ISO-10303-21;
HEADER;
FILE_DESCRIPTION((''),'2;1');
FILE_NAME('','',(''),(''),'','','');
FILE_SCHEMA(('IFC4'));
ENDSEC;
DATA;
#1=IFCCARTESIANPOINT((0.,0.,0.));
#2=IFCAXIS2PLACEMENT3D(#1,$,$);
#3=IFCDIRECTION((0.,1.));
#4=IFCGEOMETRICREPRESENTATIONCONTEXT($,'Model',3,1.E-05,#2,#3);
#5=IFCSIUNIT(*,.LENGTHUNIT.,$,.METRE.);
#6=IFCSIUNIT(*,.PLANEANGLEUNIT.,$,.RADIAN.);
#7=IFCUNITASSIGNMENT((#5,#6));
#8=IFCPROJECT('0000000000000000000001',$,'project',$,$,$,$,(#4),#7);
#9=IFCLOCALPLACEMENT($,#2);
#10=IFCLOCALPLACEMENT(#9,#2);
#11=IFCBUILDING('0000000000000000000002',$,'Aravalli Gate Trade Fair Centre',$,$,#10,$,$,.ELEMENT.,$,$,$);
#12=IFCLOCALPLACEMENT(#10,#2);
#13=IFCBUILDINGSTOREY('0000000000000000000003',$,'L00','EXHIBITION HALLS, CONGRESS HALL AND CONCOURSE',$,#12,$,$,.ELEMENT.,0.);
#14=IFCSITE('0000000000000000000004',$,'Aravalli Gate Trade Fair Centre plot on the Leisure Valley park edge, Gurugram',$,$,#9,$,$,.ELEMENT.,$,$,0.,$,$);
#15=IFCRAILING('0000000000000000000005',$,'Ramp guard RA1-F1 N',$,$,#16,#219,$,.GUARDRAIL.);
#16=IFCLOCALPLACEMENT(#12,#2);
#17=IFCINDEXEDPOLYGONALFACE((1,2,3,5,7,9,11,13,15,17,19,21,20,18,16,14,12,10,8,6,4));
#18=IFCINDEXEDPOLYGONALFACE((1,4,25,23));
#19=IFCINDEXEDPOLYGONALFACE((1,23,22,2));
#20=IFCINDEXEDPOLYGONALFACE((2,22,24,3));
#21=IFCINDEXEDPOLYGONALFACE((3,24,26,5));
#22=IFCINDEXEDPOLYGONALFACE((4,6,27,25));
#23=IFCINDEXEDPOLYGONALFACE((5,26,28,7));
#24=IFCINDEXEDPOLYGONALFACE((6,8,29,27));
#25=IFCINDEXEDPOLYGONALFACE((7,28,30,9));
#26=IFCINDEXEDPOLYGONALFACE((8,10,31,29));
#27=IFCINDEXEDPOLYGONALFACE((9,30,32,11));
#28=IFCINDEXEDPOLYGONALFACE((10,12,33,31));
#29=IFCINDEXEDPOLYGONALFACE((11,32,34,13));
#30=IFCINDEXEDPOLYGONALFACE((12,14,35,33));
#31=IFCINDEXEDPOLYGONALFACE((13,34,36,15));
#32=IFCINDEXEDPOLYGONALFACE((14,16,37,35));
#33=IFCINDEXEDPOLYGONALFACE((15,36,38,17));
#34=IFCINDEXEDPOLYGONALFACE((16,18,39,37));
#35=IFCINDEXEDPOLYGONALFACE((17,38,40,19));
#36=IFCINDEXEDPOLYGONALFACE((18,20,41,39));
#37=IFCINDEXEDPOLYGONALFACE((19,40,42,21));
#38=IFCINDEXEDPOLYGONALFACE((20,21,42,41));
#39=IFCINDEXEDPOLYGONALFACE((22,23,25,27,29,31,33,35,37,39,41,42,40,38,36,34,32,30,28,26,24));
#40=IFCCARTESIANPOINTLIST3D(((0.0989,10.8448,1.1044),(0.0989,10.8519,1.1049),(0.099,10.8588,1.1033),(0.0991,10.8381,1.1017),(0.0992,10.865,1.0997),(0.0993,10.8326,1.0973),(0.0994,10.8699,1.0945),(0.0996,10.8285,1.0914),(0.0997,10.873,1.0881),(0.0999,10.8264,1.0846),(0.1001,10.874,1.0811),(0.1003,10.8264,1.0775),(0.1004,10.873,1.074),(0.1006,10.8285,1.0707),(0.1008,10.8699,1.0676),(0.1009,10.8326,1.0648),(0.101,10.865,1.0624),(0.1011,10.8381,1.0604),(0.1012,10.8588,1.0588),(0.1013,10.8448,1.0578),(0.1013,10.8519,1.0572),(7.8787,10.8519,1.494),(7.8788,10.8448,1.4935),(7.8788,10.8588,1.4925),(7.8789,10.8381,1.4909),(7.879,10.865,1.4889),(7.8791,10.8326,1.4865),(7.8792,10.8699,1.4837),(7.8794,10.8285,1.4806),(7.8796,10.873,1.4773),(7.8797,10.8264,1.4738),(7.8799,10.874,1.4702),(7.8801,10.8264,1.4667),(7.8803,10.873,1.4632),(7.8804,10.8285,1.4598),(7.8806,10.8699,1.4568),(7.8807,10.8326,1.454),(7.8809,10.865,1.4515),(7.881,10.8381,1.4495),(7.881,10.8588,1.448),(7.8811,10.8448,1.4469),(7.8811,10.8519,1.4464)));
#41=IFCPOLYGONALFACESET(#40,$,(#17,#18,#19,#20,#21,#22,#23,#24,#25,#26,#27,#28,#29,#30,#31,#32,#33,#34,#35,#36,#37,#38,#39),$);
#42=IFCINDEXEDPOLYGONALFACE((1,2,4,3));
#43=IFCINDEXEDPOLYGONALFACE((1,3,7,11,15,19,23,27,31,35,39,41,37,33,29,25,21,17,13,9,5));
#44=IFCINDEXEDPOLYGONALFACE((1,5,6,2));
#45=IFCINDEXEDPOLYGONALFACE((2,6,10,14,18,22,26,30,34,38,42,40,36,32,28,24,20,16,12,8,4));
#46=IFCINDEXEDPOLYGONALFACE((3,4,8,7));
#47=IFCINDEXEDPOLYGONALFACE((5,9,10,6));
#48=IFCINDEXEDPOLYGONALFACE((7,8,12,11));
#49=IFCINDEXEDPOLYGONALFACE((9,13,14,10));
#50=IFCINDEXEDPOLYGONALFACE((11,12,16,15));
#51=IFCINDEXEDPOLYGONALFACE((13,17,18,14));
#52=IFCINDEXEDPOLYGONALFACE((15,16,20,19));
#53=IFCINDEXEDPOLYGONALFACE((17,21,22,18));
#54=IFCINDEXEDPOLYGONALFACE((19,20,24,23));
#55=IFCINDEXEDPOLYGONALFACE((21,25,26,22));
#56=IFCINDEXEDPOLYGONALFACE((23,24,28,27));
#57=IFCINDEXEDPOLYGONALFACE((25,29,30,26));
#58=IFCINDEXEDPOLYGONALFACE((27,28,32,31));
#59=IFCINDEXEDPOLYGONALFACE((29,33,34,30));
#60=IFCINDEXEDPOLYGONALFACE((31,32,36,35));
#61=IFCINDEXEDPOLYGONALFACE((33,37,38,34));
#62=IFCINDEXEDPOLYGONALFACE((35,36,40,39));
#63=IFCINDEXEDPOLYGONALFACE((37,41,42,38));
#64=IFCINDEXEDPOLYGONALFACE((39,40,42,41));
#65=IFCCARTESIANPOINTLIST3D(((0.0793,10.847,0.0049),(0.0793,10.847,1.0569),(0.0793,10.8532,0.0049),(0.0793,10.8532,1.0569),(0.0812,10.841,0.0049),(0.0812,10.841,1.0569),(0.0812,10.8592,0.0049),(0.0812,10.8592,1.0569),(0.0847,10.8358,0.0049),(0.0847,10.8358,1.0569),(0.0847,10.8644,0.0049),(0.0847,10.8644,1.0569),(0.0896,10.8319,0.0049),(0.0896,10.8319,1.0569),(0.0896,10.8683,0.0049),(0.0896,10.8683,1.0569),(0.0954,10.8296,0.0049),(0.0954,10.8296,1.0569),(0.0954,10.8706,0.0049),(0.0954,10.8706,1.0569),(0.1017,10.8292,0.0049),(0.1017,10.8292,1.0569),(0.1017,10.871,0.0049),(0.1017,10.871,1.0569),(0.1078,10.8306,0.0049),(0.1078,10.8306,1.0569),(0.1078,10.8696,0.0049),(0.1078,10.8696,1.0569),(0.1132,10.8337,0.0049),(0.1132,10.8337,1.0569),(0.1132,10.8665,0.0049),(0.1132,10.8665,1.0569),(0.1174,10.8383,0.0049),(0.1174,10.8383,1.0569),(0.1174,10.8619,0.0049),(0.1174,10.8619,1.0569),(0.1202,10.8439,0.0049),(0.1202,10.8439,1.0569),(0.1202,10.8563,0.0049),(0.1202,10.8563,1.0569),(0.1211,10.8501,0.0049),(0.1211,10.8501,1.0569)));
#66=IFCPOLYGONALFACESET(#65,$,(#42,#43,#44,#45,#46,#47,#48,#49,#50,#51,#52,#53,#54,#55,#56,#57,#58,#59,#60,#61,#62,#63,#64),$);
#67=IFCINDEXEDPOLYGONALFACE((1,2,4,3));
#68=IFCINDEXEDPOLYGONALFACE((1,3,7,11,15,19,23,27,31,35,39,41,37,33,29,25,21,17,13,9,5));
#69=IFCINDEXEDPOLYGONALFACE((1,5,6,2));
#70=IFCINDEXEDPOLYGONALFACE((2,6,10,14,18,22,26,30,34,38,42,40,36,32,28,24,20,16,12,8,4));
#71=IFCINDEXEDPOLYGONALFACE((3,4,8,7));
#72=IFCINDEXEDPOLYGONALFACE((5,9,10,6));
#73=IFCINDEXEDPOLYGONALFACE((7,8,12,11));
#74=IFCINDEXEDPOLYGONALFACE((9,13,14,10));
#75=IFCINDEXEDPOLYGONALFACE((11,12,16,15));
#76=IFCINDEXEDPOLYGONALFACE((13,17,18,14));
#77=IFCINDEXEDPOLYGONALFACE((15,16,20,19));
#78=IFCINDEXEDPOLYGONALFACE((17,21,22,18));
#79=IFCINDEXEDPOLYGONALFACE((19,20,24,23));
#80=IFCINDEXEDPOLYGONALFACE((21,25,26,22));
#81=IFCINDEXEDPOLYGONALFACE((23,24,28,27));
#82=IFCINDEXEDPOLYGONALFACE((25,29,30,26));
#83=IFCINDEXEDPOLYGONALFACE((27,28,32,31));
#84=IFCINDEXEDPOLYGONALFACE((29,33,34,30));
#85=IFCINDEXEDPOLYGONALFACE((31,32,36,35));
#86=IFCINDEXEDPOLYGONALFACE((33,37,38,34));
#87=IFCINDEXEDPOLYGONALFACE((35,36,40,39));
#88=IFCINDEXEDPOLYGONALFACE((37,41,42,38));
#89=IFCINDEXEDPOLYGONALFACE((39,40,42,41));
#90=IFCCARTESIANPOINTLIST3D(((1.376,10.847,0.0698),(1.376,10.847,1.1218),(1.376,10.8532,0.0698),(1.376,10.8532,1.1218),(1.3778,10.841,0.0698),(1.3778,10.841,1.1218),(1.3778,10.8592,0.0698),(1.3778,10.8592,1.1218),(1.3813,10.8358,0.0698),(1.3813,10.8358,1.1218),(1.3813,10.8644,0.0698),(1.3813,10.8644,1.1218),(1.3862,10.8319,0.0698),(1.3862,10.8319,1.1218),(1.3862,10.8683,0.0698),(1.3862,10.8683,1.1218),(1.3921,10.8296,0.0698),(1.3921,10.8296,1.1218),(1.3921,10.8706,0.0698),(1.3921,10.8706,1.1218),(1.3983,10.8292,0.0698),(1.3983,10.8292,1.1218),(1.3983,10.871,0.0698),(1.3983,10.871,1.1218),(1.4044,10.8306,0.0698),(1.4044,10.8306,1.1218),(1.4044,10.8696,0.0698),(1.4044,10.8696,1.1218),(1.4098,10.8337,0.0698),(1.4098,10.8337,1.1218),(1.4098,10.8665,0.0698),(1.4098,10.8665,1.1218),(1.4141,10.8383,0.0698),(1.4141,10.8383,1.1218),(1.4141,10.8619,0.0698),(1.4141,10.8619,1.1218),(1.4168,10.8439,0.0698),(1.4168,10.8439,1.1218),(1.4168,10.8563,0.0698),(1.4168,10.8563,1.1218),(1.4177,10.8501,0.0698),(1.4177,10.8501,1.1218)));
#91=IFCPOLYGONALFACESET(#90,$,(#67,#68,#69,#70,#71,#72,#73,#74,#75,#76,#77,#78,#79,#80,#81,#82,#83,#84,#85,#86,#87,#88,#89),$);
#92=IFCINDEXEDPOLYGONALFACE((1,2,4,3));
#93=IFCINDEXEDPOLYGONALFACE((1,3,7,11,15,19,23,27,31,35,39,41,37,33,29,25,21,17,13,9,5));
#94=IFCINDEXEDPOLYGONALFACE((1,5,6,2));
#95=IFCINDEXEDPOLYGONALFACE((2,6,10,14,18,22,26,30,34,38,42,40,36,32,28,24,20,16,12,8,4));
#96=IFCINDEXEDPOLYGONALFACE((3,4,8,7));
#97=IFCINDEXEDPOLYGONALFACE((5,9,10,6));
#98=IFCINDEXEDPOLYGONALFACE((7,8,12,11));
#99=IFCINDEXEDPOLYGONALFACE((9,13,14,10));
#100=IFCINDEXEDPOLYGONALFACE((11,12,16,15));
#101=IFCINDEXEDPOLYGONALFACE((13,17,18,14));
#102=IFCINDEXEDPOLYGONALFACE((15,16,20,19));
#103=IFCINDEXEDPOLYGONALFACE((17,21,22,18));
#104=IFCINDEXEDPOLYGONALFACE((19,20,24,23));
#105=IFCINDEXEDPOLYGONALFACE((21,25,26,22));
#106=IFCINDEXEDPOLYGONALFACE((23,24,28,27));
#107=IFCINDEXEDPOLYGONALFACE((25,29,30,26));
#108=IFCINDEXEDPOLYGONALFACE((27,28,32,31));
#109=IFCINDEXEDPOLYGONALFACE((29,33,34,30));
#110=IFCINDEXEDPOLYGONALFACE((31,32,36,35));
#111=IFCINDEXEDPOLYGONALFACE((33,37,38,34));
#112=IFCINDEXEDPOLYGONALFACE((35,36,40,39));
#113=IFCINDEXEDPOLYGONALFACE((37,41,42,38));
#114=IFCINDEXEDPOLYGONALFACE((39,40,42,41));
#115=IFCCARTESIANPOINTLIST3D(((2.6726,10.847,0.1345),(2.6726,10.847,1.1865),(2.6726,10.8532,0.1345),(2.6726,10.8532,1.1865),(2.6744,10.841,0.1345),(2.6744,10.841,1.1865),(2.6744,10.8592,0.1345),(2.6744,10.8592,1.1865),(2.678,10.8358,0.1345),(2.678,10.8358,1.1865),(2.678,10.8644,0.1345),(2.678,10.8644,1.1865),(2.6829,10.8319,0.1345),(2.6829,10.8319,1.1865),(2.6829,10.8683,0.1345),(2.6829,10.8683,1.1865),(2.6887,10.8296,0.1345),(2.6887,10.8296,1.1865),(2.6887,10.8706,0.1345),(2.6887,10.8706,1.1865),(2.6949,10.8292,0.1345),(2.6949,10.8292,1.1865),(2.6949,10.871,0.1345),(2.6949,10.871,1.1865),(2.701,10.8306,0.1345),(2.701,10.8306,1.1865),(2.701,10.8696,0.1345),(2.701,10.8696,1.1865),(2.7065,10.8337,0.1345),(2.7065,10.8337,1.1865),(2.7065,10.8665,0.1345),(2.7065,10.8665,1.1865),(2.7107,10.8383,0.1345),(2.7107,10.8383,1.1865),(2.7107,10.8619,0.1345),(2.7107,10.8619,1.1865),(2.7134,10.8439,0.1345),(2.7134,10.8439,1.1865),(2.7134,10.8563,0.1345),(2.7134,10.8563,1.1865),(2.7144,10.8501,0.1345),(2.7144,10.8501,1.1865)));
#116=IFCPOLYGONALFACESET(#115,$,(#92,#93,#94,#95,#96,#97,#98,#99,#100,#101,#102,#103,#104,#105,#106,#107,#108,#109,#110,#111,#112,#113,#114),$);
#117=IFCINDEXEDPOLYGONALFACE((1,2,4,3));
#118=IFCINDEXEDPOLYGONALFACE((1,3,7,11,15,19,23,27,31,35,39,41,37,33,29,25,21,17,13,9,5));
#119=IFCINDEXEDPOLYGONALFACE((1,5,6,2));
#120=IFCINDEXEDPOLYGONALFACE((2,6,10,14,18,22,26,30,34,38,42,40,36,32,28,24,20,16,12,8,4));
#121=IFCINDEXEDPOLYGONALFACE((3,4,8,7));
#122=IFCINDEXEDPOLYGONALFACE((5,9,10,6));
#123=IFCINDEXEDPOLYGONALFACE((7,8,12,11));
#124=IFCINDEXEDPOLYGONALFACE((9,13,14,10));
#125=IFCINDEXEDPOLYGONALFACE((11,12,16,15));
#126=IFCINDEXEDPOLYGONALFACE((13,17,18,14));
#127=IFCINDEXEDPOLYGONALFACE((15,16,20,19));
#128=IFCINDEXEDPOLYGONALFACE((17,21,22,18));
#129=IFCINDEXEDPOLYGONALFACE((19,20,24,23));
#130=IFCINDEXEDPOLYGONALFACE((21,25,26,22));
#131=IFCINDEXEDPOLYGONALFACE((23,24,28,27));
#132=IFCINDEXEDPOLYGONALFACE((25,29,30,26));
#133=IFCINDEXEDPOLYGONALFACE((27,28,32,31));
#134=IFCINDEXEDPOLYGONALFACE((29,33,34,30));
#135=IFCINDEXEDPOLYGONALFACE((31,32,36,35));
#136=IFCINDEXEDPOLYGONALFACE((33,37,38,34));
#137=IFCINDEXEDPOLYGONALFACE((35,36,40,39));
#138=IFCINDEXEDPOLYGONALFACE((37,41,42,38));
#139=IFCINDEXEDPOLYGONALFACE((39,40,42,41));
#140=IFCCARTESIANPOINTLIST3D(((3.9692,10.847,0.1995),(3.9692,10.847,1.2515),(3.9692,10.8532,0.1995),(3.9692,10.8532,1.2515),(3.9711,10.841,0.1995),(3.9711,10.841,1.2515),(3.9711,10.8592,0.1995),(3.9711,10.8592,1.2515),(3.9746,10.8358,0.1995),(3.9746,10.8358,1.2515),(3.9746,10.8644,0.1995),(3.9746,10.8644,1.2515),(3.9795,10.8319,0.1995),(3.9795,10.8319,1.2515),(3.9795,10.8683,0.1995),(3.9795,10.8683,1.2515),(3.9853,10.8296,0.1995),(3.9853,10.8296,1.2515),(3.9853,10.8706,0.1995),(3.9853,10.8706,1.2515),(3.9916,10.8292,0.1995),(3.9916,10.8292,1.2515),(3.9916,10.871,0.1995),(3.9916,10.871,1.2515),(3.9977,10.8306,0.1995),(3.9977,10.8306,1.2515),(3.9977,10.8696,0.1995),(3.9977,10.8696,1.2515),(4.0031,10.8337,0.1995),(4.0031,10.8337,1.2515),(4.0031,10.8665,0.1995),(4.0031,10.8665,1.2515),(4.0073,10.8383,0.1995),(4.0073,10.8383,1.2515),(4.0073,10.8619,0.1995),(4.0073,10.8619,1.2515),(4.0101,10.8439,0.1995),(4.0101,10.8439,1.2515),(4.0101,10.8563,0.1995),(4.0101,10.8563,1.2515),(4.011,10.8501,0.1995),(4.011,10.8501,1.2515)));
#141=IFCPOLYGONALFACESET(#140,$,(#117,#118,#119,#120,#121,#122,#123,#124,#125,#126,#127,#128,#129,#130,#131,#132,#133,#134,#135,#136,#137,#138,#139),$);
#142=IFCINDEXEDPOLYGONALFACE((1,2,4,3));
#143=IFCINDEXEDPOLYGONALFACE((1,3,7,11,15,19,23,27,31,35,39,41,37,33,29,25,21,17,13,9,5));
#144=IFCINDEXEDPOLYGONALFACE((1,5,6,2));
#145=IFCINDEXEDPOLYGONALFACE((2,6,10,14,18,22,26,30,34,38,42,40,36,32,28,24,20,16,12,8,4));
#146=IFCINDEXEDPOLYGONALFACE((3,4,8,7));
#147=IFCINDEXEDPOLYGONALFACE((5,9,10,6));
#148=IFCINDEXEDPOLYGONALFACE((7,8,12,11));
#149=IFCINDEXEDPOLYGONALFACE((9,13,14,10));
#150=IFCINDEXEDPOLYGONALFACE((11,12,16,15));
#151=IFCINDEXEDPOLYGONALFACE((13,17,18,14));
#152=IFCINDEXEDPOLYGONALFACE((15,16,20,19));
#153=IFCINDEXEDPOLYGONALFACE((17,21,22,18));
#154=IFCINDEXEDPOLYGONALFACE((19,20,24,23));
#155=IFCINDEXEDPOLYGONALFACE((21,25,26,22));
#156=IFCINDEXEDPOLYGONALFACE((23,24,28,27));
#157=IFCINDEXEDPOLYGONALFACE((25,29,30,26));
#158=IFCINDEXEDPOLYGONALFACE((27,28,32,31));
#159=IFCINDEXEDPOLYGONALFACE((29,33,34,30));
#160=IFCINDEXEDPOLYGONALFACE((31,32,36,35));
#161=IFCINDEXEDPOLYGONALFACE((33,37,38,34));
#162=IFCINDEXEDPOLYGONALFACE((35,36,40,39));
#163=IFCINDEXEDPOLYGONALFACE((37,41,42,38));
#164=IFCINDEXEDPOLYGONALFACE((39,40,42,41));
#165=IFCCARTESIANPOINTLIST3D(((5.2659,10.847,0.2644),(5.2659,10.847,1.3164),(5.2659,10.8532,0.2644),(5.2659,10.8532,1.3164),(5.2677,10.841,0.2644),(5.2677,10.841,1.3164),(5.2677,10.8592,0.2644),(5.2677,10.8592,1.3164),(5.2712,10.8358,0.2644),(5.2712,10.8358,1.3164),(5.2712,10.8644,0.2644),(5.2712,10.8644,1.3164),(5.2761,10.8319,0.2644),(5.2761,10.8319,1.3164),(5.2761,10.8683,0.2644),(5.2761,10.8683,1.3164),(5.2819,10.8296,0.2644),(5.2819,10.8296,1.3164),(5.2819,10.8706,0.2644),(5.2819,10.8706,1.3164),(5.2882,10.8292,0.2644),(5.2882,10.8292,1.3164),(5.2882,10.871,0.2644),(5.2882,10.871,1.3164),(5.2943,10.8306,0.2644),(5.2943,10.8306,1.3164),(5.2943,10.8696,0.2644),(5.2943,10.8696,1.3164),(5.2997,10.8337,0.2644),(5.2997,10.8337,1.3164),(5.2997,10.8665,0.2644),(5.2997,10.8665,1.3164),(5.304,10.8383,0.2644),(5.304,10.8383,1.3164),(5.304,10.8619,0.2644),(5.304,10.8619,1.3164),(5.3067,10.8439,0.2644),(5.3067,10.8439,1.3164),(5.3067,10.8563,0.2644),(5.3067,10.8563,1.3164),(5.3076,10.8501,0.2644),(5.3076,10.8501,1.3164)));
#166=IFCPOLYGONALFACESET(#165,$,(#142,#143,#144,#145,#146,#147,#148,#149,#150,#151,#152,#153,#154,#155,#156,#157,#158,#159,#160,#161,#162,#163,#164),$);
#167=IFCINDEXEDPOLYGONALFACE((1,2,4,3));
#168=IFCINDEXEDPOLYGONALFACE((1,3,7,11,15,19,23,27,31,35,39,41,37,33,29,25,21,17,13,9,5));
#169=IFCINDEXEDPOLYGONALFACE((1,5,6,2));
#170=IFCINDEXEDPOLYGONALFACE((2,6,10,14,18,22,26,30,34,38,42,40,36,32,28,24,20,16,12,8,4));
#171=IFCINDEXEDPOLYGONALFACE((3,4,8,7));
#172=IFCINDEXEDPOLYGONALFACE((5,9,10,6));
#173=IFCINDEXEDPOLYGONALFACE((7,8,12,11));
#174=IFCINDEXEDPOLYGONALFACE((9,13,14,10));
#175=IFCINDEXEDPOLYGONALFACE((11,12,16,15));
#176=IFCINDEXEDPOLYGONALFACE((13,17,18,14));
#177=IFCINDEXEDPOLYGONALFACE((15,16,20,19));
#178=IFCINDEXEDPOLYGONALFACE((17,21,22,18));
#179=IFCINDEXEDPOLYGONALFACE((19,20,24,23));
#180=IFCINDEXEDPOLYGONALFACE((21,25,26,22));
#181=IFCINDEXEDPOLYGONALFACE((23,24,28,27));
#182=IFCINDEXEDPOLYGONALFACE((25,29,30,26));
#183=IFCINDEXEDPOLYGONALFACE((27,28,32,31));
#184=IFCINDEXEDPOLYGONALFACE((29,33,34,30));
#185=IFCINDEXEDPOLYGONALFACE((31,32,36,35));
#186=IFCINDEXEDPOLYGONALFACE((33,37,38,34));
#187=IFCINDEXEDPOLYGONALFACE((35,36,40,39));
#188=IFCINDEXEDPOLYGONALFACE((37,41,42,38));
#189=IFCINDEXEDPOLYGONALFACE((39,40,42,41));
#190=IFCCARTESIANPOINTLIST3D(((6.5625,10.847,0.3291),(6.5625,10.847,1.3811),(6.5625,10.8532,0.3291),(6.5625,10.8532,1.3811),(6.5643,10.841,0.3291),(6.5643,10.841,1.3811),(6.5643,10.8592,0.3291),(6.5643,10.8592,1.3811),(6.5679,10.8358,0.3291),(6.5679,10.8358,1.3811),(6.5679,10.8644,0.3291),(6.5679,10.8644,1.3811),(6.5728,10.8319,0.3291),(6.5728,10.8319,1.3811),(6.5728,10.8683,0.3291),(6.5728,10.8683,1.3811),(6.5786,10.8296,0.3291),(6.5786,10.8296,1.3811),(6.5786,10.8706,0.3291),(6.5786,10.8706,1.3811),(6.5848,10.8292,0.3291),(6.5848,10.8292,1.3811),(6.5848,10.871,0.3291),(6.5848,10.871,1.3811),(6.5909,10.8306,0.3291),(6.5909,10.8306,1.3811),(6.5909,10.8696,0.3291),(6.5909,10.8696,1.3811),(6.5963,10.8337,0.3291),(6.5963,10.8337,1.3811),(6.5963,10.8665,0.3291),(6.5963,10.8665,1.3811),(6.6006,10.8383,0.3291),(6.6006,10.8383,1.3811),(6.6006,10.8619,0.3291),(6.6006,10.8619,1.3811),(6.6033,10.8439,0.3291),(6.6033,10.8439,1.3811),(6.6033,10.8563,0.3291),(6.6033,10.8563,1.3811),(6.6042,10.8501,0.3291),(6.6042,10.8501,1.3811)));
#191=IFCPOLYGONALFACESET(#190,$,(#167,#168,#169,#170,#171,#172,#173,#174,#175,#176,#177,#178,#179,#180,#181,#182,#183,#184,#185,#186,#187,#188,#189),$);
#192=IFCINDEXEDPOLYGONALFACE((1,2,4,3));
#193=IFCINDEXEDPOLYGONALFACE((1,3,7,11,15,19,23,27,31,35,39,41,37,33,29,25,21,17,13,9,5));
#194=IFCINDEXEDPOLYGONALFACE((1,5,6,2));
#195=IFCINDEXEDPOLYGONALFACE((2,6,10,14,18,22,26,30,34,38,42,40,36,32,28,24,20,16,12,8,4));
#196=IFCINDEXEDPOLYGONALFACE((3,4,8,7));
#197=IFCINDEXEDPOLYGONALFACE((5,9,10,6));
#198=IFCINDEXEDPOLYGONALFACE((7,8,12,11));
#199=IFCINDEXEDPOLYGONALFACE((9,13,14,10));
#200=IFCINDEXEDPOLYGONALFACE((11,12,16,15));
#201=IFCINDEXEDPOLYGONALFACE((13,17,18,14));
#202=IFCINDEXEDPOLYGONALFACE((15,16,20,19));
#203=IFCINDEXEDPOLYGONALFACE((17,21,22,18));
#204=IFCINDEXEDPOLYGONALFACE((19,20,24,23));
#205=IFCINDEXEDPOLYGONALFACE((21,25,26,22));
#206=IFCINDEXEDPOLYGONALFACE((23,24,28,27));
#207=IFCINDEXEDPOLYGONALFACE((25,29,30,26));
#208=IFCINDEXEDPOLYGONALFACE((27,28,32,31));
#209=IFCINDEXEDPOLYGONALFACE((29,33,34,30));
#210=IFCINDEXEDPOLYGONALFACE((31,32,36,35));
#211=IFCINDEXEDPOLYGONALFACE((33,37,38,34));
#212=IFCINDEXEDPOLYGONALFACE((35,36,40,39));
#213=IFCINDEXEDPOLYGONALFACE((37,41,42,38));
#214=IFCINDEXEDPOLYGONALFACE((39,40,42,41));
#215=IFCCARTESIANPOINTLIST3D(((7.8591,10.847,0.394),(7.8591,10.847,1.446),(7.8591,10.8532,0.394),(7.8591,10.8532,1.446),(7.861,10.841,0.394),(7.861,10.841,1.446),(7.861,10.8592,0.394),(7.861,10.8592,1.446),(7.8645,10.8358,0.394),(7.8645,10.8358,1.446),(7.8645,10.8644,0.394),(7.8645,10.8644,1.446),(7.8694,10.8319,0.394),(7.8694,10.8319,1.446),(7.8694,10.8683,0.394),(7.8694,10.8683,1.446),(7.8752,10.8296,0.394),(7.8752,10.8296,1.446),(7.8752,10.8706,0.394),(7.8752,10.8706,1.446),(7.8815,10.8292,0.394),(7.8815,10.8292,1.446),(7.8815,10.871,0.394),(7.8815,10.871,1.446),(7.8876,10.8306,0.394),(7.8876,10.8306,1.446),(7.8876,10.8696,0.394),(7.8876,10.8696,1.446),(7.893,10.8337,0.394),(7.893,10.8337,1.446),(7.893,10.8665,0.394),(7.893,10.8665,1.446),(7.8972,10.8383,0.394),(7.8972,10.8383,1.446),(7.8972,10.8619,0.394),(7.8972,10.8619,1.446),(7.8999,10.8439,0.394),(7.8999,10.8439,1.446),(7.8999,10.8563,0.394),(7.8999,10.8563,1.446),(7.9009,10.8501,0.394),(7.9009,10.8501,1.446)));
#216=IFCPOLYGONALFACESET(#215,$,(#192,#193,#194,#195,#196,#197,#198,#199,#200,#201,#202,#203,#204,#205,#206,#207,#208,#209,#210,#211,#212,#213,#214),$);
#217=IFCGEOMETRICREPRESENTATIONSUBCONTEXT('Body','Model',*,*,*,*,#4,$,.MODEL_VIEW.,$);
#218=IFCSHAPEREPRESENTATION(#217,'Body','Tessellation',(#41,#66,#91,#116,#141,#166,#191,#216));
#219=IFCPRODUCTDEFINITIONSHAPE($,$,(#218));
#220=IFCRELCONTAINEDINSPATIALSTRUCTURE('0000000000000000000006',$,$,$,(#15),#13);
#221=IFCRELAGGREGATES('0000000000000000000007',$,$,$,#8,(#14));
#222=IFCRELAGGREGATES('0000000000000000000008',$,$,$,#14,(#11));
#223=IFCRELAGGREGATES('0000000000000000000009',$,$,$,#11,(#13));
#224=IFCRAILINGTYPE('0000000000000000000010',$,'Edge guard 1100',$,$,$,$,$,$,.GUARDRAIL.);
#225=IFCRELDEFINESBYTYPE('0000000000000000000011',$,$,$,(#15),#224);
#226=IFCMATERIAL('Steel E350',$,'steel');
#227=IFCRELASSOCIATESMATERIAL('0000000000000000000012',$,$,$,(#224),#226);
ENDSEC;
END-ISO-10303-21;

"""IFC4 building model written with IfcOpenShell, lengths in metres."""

from ifc_helpers import new_model, si_unit, direction, frame, origin, origin_2d, place, context, subcontext, project, spatial, circle, extrude, material, type_object, element, save


model = new_model("IFC4")

# Units and contexts
model_context = context("Model", 3, precision=1e-05, world=origin(), true_north=direction((0.0, 1.0)))
body_context = subcontext(model_context, "Body", "Model", "MODEL_VIEW")
ifc_project = project(units=[si_unit("LENGTHUNIT", "METRE"), si_unit("PLANEANGLEUNIT", "RADIAN")], contexts=[model_context])

# Site, building, storey
site_placement = place(None, origin())
site = spatial("IfcSite", under=ifc_project, at=site_placement, Name="Aravalli Gate Trade Fair Centre plot on the Leisure Valley park edge, Gurugram", CompositionType="ELEMENT", RefElevation=0.0)
building_placement = place(site_placement, origin())
building = spatial("IfcBuilding", under=site, at=building_placement, Name="Aravalli Gate Trade Fair Centre", CompositionType="ELEMENT")
storey_placement = place(building_placement, origin())
storey = spatial("IfcBuildingStorey", under=building, at=storey_placement, Name="L00", Description="EXHIBITION HALLS, CONGRESS HALL AND CONCOURSE", CompositionType="ELEMENT", Elevation=0.0)

# Railing
ifc_material_1 = material(Name="Steel E350", Category="steel")
railing_type = type_object("IfcRailingType", Name="Edge guard 1100", PredefinedType="GUARDRAIL", material=ifc_material_1)
for number, where, name in (
    (1, (0.1001, 10.8501, 0.0049), "Ramp guard RA1-F1 N"),
):
    element("IfcRailing", number, at=place(storey_placement, frame(where)), inside=storey, type_object=railing_type, Name=name, PredefinedType="GUARDRAIL", context=body_context, shape_type="SweptSolid", body=[
        extrude(circle(Radius=0.0239, at=origin_2d()), frame((0.0, 0.0, 1.0762), z_axis=(0.998751, 0.0, 0.04996), x_axis=(0.0, 1.0, 0.0)), (0.0, 0.0, 1.0), 7.7896),
        extrude(circle(Radius=0.021, at=origin_2d()), origin(), (0.0, 0.0, 1.0), 1.052),
        extrude(circle(Radius=0.021, at=origin_2d()), frame((1.2966, 0.0, 0.0649)), (0.0, 0.0, 1.0), 1.052),
        extrude(circle(Radius=0.021, at=origin_2d()), frame((2.5933, 0.0, 0.1296)), (0.0, 0.0, 1.0), 1.052),
        extrude(circle(Radius=0.021, at=origin_2d()), frame((3.8899, 0.0, 0.1946)), (0.0, 0.0, 1.0), 1.052),
        extrude(circle(Radius=0.021, at=origin_2d()), frame((5.1865, 0.0, 0.2595)), (0.0, 0.0, 1.0), 1.052),
        extrude(circle(Radius=0.021, at=origin_2d()), frame((6.4832, 0.0, 0.3242)), (0.0, 0.0, 1.0), 1.052),
        extrude(circle(Radius=0.021, at=origin_2d()), frame((7.7798, 0.0, 0.3892)), (0.0, 0.0, 1.0), 1.052),
    ])

save(model, "model.ifc")
